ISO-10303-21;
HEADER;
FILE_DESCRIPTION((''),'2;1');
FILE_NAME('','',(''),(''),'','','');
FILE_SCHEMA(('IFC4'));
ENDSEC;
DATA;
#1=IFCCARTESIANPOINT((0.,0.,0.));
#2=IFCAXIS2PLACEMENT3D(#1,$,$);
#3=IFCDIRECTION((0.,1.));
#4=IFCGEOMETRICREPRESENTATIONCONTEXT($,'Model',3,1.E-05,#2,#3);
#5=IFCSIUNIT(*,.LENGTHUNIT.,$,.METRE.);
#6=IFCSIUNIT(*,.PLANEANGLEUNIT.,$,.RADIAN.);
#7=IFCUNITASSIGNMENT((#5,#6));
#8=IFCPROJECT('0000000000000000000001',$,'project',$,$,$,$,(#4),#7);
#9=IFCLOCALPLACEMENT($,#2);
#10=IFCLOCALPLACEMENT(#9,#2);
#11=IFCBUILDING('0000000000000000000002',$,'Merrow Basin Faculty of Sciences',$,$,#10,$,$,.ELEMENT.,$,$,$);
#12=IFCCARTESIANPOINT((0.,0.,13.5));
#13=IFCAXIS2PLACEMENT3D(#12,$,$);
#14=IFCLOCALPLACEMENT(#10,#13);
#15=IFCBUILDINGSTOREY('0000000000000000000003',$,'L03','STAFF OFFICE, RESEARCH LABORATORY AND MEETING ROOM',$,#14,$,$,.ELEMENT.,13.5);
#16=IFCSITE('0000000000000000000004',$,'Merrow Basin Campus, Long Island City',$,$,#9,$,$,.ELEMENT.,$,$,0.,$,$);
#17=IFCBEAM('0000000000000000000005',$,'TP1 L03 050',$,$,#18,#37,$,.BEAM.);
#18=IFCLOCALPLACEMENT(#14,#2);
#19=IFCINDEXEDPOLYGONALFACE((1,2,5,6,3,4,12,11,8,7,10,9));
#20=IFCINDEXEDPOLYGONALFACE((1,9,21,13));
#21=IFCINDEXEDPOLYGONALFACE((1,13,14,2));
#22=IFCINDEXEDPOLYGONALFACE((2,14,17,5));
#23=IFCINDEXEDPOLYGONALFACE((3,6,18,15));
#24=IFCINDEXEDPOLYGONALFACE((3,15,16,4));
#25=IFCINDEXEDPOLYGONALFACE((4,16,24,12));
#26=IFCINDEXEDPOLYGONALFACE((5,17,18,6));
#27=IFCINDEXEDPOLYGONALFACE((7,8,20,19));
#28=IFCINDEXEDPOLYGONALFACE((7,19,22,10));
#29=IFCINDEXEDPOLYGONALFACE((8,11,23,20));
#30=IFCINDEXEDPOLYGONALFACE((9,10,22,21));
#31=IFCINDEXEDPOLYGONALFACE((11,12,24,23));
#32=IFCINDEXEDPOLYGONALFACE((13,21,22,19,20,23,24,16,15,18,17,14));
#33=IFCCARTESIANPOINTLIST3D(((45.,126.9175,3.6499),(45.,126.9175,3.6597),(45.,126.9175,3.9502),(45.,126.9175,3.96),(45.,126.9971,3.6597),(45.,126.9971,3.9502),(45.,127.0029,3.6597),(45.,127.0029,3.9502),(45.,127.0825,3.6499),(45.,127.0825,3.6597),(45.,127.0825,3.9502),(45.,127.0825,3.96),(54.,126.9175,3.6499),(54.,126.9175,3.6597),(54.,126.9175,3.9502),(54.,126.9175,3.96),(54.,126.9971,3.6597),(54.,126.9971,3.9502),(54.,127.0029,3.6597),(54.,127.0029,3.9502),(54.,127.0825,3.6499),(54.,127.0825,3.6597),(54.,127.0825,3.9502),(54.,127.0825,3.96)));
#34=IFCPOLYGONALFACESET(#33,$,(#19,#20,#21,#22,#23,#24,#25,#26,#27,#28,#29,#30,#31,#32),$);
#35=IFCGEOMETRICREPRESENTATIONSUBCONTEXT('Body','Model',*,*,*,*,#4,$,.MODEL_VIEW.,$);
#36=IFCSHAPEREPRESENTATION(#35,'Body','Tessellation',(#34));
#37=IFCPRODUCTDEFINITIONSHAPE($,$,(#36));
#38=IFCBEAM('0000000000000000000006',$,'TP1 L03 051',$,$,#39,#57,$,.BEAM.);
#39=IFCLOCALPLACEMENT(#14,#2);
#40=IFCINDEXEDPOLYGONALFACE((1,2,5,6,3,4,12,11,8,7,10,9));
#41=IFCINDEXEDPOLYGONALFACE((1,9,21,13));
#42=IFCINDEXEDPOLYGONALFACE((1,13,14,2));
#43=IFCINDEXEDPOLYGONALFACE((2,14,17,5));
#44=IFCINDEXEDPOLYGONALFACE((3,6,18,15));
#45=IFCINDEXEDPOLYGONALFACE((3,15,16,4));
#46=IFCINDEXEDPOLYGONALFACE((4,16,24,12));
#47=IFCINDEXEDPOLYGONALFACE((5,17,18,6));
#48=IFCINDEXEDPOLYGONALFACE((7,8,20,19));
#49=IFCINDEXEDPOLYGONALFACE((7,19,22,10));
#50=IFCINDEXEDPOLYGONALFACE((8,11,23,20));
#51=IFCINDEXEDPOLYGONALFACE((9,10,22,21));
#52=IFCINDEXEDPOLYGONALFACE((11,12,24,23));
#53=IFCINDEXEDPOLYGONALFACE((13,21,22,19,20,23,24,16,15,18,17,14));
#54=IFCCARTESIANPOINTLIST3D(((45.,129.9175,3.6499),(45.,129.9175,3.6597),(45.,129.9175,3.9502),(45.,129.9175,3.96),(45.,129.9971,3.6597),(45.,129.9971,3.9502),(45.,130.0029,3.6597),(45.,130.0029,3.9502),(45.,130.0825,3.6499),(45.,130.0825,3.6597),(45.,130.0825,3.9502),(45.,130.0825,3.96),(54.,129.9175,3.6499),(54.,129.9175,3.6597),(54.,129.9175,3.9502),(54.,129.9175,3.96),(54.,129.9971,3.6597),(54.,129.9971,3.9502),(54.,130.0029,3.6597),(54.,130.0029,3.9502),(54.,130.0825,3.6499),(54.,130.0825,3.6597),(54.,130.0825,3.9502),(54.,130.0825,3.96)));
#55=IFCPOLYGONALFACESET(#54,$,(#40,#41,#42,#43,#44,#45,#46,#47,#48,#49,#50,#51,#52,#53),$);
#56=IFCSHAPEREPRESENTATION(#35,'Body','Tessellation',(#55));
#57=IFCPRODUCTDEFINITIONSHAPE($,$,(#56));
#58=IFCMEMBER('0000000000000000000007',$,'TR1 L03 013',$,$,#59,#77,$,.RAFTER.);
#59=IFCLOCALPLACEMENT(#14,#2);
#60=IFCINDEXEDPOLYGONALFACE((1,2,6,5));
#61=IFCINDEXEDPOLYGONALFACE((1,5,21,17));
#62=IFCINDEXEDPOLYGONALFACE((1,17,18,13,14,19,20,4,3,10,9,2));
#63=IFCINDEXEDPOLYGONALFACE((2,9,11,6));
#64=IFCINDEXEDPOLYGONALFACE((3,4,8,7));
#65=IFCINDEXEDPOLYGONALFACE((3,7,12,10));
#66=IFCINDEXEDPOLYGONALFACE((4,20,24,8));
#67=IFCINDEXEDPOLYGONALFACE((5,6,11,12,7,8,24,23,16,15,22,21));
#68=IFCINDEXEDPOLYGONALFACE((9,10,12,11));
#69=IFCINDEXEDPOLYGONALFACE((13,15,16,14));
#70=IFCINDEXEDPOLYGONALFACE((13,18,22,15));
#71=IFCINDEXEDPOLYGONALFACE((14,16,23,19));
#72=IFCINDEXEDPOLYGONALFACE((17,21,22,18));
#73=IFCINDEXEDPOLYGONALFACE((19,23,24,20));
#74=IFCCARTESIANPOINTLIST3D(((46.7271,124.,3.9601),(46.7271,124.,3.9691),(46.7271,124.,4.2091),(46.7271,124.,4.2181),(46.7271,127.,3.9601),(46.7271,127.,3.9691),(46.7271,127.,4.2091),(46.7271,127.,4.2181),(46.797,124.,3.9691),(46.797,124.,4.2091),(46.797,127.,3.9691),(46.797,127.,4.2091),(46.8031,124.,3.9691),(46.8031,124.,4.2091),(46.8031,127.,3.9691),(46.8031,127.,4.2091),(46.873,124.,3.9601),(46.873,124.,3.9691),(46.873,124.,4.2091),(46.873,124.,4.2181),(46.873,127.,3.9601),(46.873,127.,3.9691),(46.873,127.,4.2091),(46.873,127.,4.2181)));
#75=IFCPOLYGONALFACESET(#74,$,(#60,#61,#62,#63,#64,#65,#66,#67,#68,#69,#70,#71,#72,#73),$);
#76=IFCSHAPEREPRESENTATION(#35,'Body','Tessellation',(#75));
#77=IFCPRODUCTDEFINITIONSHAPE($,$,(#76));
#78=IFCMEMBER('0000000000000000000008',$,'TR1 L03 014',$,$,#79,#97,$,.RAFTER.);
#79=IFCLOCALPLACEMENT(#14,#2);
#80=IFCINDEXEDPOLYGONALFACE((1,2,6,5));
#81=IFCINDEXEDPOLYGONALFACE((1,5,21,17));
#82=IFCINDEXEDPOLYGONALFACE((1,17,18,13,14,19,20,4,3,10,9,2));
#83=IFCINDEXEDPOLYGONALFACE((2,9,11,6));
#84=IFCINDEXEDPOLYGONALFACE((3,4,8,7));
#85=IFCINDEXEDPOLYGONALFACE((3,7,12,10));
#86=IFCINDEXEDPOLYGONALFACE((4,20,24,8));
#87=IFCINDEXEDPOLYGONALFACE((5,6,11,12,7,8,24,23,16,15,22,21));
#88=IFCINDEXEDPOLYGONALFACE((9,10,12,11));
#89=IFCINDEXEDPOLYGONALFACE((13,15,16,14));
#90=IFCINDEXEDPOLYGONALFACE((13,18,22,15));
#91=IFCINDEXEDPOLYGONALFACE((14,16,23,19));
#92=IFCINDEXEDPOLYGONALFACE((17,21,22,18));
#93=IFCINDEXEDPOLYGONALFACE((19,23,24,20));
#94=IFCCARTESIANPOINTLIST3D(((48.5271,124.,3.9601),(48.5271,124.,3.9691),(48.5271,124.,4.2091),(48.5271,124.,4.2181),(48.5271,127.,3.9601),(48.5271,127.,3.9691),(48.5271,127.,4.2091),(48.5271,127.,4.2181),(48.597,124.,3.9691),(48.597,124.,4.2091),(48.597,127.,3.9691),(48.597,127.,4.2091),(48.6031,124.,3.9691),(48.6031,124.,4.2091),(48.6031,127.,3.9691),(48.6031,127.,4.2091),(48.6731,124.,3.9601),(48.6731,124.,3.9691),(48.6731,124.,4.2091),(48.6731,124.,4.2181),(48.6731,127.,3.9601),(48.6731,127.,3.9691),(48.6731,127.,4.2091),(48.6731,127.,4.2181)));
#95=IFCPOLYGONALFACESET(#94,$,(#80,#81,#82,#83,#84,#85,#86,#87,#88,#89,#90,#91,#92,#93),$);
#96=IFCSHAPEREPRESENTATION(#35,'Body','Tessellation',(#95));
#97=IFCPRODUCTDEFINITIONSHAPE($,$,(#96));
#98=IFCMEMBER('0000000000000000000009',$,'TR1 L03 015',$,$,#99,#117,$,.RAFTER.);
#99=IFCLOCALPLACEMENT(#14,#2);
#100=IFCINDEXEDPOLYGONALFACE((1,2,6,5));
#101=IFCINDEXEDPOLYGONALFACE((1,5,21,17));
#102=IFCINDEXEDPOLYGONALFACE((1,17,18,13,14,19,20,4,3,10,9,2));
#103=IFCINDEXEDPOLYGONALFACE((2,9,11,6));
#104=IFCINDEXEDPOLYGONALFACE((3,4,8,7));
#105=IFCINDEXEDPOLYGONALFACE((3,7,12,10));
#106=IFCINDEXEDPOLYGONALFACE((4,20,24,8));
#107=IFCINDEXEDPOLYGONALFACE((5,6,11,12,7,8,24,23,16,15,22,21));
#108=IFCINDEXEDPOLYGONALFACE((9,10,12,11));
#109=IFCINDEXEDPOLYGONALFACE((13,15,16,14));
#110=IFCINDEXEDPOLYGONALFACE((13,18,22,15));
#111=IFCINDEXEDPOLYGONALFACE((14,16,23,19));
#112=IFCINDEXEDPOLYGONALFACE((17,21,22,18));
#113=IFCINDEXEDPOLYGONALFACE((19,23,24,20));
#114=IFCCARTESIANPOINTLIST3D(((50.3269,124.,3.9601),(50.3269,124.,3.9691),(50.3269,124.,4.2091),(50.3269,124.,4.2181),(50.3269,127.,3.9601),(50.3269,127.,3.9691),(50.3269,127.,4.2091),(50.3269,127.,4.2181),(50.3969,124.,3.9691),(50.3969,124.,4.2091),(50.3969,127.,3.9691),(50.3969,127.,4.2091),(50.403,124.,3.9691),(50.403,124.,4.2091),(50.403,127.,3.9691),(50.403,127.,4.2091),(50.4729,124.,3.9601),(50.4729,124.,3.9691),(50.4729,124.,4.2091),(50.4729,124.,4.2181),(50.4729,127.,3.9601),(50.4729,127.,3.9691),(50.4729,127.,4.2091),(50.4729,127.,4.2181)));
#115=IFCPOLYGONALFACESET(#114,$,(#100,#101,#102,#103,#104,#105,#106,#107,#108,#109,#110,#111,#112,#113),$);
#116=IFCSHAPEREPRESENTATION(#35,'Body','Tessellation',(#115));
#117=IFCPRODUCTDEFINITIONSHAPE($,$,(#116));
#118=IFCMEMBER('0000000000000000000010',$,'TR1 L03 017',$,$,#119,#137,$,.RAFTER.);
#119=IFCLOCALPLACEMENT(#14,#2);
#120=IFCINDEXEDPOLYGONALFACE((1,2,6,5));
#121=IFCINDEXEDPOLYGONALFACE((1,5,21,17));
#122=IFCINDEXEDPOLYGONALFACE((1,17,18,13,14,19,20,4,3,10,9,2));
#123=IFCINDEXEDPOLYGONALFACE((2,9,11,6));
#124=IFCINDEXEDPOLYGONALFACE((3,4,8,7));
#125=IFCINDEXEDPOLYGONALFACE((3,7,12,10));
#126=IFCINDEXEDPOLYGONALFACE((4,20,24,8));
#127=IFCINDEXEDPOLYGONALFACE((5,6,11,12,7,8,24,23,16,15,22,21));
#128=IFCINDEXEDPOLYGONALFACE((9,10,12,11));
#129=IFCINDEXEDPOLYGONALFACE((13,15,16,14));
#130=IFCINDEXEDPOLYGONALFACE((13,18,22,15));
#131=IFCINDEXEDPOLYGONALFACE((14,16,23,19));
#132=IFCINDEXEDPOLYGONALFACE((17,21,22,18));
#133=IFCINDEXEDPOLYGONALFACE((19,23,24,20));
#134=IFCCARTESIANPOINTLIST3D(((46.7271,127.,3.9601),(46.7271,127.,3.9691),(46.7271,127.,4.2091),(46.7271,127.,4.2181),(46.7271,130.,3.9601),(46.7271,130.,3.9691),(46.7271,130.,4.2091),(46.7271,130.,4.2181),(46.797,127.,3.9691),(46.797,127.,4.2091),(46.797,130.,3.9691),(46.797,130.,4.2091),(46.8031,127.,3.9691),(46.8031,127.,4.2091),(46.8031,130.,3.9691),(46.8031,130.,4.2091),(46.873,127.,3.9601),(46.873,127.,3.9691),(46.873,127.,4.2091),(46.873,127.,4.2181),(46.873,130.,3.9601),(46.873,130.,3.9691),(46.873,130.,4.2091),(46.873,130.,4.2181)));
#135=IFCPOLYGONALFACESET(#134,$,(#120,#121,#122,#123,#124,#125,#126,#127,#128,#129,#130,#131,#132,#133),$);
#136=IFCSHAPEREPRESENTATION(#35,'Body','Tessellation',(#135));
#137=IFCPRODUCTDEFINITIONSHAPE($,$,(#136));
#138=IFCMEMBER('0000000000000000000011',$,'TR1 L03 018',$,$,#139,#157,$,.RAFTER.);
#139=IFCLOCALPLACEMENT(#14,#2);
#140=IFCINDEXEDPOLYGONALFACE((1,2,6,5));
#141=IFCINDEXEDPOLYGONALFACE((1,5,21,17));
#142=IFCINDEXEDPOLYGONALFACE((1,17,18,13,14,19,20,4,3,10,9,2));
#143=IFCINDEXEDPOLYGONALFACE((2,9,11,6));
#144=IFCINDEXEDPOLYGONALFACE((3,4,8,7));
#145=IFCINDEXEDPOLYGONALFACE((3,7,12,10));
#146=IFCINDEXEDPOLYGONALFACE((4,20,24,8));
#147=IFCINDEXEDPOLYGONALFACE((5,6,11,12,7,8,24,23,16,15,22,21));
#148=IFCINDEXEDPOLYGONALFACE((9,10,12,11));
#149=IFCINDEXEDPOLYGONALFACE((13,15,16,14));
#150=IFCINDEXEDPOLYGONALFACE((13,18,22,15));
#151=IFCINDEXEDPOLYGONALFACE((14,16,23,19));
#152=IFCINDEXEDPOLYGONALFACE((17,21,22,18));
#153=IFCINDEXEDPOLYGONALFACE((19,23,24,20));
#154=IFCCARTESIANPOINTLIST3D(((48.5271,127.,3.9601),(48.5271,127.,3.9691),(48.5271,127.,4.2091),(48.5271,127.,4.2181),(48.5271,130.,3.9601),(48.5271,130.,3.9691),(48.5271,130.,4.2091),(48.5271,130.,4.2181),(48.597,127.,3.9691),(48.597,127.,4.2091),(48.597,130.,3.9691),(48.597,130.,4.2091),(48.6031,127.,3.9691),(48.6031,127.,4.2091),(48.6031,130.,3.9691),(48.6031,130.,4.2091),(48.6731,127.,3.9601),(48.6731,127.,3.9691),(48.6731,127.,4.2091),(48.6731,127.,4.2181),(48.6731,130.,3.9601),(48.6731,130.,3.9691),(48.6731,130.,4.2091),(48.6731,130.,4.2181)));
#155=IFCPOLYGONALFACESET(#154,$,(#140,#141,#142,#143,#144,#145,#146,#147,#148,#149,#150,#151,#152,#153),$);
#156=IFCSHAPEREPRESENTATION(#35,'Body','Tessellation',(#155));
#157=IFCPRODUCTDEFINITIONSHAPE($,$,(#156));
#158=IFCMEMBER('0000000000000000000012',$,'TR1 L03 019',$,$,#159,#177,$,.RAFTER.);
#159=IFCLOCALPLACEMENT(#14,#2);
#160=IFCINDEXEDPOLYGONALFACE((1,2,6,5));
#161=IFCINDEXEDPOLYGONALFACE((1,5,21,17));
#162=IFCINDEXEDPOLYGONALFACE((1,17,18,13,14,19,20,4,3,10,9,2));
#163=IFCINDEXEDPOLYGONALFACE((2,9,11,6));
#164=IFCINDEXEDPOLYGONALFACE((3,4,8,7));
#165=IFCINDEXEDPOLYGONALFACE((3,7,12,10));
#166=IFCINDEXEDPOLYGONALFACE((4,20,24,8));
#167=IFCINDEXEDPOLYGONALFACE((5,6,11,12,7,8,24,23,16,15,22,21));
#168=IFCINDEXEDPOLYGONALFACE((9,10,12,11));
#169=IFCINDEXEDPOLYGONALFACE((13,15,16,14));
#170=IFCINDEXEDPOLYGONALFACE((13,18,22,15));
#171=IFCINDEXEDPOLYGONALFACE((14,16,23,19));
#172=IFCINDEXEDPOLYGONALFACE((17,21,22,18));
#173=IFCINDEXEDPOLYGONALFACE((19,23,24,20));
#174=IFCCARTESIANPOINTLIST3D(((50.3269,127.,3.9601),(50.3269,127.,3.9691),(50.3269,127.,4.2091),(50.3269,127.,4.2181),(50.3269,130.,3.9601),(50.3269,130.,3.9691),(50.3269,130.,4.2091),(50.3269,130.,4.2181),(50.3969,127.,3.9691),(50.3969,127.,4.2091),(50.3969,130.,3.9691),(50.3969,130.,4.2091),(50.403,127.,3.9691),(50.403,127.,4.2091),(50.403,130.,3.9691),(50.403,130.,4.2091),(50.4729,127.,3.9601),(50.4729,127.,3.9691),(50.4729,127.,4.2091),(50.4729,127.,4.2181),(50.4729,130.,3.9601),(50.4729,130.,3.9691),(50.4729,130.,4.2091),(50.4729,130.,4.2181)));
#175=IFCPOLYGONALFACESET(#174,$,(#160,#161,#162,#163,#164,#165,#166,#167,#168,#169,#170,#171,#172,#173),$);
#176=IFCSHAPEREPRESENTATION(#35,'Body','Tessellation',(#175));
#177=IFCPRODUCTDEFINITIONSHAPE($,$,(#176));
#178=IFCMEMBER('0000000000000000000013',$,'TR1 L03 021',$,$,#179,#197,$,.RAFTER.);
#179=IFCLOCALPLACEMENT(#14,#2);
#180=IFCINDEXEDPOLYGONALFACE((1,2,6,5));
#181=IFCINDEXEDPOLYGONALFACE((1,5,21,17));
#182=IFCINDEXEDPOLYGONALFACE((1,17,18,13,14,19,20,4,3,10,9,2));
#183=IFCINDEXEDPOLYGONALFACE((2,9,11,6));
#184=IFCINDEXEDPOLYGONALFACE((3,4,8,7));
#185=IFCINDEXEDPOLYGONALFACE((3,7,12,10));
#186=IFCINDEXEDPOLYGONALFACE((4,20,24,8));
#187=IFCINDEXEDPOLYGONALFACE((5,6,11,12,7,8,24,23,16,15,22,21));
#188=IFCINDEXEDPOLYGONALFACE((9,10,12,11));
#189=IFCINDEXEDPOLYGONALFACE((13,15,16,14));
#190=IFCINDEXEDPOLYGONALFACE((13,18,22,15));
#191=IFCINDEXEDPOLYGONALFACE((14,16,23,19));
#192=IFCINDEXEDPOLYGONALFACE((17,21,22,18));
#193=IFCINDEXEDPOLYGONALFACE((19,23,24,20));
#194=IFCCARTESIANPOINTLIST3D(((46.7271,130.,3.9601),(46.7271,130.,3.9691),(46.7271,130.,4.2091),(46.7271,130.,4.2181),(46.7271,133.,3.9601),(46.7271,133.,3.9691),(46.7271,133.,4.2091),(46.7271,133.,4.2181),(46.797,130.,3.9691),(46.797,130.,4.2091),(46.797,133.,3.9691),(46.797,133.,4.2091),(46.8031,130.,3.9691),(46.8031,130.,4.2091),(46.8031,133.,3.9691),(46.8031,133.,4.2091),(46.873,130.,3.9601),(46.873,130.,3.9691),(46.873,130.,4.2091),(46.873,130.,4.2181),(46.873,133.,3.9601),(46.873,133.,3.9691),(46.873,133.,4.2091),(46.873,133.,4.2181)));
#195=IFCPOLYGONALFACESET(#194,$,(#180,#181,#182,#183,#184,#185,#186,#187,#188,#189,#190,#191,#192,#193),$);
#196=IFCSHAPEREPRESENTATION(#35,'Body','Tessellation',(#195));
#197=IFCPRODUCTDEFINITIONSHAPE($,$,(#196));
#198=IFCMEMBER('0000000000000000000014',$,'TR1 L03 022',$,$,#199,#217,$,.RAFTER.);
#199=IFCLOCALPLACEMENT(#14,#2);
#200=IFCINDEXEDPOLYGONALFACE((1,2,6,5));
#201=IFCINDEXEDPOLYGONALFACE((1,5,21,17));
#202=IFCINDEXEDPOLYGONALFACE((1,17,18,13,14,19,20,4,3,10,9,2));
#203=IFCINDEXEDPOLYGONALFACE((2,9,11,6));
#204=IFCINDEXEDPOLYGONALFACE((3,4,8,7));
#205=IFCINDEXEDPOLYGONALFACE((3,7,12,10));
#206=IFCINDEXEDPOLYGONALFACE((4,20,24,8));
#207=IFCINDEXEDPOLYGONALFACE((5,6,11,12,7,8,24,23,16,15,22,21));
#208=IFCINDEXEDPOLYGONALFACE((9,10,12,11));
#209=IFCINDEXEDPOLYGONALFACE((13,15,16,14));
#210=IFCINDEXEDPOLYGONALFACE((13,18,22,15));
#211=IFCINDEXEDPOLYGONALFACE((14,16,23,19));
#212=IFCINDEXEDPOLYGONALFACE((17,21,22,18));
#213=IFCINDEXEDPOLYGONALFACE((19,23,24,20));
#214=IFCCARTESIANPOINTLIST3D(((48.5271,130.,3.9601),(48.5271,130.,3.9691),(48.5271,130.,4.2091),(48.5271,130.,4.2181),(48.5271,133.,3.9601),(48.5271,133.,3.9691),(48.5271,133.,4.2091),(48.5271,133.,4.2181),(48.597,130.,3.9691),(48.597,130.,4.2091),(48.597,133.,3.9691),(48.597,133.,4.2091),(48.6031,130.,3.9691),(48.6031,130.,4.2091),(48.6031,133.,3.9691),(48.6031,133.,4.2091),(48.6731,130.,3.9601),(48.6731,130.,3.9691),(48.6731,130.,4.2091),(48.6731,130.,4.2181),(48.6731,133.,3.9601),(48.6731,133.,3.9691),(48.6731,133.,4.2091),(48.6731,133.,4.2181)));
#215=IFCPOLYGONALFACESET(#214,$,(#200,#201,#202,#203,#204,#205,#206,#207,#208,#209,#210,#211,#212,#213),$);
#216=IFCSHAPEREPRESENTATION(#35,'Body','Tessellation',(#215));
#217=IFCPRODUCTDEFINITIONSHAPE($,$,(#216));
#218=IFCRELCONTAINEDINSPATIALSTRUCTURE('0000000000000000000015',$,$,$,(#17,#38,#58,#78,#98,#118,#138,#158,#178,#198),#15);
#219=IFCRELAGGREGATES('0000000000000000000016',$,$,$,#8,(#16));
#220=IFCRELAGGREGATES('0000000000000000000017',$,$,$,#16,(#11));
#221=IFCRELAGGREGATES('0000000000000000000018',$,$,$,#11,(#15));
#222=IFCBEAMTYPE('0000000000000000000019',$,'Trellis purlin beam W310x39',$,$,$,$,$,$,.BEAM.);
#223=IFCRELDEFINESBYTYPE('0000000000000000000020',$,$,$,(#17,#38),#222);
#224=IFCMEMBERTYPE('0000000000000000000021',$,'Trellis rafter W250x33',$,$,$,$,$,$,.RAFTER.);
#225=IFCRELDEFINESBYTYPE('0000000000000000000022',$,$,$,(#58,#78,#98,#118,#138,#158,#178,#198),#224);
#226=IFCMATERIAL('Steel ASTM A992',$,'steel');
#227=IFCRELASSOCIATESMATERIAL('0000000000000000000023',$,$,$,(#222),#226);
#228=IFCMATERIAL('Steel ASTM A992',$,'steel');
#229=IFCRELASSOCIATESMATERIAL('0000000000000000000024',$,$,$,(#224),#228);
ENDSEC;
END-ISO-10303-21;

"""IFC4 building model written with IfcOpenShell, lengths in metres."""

from ifc_helpers import new_model, si_unit, direction, frame, origin, origin_2d, place, context, subcontext, project, spatial, i_section, extrude, material, material_profile, profile_set, type_object, element, save


model = new_model("IFC4")

# Units and contexts
model_context = context("Model", 3, precision=1e-05, world=origin(), true_north=direction((0.0, 1.0)))
body_context = subcontext(model_context, "Body", "Model", "MODEL_VIEW")
ifc_project = project(units=[si_unit("LENGTHUNIT", "METRE"), si_unit("PLANEANGLEUNIT", "RADIAN")], contexts=[model_context])

# Site, building, storey
site_placement = place(None, origin())
site = spatial("IfcSite", under=ifc_project, at=site_placement, Name="Merrow Basin Campus, Long Island City", CompositionType="ELEMENT", RefElevation=0.0)
building_placement = place(site_placement, origin())
building = spatial("IfcBuilding", under=site, at=building_placement, Name="Merrow Basin Faculty of Sciences", CompositionType="ELEMENT")
storey_placement = place(building_placement, frame((0.0, 0.0, 13.5)))
storey = spatial("IfcBuildingStorey", under=building, at=storey_placement, Name="L03", Description="STAFF OFFICE, RESEARCH LABORATORY AND MEETING ROOM", CompositionType="ELEMENT", Elevation=13.5)

# Beams
ifc_material_1 = material(Name="Steel ASTM A992", Category="steel")
ifc_material_profile_1 = material_profile(ifc_material_1, i_section(OverallWidth=0.165, OverallDepth=0.3101, WebThickness=0.0059, FlangeThickness=0.0098, at=origin_2d()))
ifc_profile_set_1 = profile_set([ifc_material_profile_1], Name="Steel ASTM A992")
beam_type_1 = type_object("IfcBeamType", Name="Trellis purlin beam W310x39", PredefinedType="BEAM", material=ifc_profile_set_1)
for number, where, z_axis, x_axis, name in (
    (1, (45.0, 127.0, 3.8049), (1.0, 0.0, 0.0), (0.0, 1.0, 0.0), "TP1 L03 050"),
    (2, (45.0, 130.0, 3.8049), (1.0, 0.0, 0.0), (0.0, 1.0, 0.0), "TP1 L03 051"),
):
    element("IfcBeam", number, at=place(storey_placement, frame(where, z_axis=z_axis, x_axis=x_axis)), inside=storey, type_object=beam_type_1, Name=name, PredefinedType="BEAM", context=body_context, shape_type="SweptSolid", body=[
        extrude(i_section(OverallWidth=0.165, OverallDepth=0.3101, WebThickness=0.0059, FlangeThickness=0.0098, at=origin_2d()), origin(), (0.0, 0.0, 1.0), 9.0),
    ])

# Members
ifc_material_2 = material(Name="Steel ASTM A992", Category="steel")
ifc_material_profile_2 = material_profile(ifc_material_2, i_section(OverallWidth=0.146, OverallDepth=0.2581, WebThickness=0.0061, FlangeThickness=0.009, at=origin_2d()))
ifc_profile_set_2 = profile_set([ifc_material_profile_2], Name="Steel ASTM A992")
member_type_1 = type_object("IfcMemberType", Name="Trellis rafter W250x33", PredefinedType="RAFTER", material=ifc_profile_set_2)
for number, where, z_axis, x_axis, name in (
    (3, (46.8, 124.0, 4.0891), (0.0, 1.0, 0.0), (-1.0, 0.0, 0.0), "TR1 L03 013"),
    (4, (48.6001, 124.0, 4.0891), (0.0, 1.0, 0.0), (-1.0, 0.0, 0.0), "TR1 L03 014"),
    (5, (50.3999, 124.0, 4.0891), (0.0, 1.0, 0.0), (-1.0, 0.0, 0.0), "TR1 L03 015"),
    (6, (46.8, 127.0, 4.0891), (0.0, 1.0, 0.0), (-1.0, 0.0, 0.0), "TR1 L03 017"),
    (7, (48.6001, 127.0, 4.0891), (0.0, 1.0, 0.0), (-1.0, 0.0, 0.0), "TR1 L03 018"),
    (8, (50.3999, 127.0, 4.0891), (0.0, 1.0, 0.0), (-1.0, 0.0, 0.0), "TR1 L03 019"),
    (9, (46.8, 130.0, 4.0891), (0.0, 1.0, 0.0), (-1.0, 0.0, 0.0), "TR1 L03 021"),
    (10, (48.6001, 130.0, 4.0891), (0.0, 1.0, 0.0), (-1.0, 0.0, 0.0), "TR1 L03 022"),
):
    element("IfcMember", number, at=place(storey_placement, frame(where, z_axis=z_axis, x_axis=x_axis)), inside=storey, type_object=member_type_1, Name=name, PredefinedType="RAFTER", context=body_context, shape_type="SweptSolid", body=[
        extrude(i_section(OverallWidth=0.146, OverallDepth=0.2581, WebThickness=0.0061, FlangeThickness=0.009, at=origin_2d()), origin(), (0.0, 0.0, 1.0), 3.0),
    ])

save(model, "model.ifc")
